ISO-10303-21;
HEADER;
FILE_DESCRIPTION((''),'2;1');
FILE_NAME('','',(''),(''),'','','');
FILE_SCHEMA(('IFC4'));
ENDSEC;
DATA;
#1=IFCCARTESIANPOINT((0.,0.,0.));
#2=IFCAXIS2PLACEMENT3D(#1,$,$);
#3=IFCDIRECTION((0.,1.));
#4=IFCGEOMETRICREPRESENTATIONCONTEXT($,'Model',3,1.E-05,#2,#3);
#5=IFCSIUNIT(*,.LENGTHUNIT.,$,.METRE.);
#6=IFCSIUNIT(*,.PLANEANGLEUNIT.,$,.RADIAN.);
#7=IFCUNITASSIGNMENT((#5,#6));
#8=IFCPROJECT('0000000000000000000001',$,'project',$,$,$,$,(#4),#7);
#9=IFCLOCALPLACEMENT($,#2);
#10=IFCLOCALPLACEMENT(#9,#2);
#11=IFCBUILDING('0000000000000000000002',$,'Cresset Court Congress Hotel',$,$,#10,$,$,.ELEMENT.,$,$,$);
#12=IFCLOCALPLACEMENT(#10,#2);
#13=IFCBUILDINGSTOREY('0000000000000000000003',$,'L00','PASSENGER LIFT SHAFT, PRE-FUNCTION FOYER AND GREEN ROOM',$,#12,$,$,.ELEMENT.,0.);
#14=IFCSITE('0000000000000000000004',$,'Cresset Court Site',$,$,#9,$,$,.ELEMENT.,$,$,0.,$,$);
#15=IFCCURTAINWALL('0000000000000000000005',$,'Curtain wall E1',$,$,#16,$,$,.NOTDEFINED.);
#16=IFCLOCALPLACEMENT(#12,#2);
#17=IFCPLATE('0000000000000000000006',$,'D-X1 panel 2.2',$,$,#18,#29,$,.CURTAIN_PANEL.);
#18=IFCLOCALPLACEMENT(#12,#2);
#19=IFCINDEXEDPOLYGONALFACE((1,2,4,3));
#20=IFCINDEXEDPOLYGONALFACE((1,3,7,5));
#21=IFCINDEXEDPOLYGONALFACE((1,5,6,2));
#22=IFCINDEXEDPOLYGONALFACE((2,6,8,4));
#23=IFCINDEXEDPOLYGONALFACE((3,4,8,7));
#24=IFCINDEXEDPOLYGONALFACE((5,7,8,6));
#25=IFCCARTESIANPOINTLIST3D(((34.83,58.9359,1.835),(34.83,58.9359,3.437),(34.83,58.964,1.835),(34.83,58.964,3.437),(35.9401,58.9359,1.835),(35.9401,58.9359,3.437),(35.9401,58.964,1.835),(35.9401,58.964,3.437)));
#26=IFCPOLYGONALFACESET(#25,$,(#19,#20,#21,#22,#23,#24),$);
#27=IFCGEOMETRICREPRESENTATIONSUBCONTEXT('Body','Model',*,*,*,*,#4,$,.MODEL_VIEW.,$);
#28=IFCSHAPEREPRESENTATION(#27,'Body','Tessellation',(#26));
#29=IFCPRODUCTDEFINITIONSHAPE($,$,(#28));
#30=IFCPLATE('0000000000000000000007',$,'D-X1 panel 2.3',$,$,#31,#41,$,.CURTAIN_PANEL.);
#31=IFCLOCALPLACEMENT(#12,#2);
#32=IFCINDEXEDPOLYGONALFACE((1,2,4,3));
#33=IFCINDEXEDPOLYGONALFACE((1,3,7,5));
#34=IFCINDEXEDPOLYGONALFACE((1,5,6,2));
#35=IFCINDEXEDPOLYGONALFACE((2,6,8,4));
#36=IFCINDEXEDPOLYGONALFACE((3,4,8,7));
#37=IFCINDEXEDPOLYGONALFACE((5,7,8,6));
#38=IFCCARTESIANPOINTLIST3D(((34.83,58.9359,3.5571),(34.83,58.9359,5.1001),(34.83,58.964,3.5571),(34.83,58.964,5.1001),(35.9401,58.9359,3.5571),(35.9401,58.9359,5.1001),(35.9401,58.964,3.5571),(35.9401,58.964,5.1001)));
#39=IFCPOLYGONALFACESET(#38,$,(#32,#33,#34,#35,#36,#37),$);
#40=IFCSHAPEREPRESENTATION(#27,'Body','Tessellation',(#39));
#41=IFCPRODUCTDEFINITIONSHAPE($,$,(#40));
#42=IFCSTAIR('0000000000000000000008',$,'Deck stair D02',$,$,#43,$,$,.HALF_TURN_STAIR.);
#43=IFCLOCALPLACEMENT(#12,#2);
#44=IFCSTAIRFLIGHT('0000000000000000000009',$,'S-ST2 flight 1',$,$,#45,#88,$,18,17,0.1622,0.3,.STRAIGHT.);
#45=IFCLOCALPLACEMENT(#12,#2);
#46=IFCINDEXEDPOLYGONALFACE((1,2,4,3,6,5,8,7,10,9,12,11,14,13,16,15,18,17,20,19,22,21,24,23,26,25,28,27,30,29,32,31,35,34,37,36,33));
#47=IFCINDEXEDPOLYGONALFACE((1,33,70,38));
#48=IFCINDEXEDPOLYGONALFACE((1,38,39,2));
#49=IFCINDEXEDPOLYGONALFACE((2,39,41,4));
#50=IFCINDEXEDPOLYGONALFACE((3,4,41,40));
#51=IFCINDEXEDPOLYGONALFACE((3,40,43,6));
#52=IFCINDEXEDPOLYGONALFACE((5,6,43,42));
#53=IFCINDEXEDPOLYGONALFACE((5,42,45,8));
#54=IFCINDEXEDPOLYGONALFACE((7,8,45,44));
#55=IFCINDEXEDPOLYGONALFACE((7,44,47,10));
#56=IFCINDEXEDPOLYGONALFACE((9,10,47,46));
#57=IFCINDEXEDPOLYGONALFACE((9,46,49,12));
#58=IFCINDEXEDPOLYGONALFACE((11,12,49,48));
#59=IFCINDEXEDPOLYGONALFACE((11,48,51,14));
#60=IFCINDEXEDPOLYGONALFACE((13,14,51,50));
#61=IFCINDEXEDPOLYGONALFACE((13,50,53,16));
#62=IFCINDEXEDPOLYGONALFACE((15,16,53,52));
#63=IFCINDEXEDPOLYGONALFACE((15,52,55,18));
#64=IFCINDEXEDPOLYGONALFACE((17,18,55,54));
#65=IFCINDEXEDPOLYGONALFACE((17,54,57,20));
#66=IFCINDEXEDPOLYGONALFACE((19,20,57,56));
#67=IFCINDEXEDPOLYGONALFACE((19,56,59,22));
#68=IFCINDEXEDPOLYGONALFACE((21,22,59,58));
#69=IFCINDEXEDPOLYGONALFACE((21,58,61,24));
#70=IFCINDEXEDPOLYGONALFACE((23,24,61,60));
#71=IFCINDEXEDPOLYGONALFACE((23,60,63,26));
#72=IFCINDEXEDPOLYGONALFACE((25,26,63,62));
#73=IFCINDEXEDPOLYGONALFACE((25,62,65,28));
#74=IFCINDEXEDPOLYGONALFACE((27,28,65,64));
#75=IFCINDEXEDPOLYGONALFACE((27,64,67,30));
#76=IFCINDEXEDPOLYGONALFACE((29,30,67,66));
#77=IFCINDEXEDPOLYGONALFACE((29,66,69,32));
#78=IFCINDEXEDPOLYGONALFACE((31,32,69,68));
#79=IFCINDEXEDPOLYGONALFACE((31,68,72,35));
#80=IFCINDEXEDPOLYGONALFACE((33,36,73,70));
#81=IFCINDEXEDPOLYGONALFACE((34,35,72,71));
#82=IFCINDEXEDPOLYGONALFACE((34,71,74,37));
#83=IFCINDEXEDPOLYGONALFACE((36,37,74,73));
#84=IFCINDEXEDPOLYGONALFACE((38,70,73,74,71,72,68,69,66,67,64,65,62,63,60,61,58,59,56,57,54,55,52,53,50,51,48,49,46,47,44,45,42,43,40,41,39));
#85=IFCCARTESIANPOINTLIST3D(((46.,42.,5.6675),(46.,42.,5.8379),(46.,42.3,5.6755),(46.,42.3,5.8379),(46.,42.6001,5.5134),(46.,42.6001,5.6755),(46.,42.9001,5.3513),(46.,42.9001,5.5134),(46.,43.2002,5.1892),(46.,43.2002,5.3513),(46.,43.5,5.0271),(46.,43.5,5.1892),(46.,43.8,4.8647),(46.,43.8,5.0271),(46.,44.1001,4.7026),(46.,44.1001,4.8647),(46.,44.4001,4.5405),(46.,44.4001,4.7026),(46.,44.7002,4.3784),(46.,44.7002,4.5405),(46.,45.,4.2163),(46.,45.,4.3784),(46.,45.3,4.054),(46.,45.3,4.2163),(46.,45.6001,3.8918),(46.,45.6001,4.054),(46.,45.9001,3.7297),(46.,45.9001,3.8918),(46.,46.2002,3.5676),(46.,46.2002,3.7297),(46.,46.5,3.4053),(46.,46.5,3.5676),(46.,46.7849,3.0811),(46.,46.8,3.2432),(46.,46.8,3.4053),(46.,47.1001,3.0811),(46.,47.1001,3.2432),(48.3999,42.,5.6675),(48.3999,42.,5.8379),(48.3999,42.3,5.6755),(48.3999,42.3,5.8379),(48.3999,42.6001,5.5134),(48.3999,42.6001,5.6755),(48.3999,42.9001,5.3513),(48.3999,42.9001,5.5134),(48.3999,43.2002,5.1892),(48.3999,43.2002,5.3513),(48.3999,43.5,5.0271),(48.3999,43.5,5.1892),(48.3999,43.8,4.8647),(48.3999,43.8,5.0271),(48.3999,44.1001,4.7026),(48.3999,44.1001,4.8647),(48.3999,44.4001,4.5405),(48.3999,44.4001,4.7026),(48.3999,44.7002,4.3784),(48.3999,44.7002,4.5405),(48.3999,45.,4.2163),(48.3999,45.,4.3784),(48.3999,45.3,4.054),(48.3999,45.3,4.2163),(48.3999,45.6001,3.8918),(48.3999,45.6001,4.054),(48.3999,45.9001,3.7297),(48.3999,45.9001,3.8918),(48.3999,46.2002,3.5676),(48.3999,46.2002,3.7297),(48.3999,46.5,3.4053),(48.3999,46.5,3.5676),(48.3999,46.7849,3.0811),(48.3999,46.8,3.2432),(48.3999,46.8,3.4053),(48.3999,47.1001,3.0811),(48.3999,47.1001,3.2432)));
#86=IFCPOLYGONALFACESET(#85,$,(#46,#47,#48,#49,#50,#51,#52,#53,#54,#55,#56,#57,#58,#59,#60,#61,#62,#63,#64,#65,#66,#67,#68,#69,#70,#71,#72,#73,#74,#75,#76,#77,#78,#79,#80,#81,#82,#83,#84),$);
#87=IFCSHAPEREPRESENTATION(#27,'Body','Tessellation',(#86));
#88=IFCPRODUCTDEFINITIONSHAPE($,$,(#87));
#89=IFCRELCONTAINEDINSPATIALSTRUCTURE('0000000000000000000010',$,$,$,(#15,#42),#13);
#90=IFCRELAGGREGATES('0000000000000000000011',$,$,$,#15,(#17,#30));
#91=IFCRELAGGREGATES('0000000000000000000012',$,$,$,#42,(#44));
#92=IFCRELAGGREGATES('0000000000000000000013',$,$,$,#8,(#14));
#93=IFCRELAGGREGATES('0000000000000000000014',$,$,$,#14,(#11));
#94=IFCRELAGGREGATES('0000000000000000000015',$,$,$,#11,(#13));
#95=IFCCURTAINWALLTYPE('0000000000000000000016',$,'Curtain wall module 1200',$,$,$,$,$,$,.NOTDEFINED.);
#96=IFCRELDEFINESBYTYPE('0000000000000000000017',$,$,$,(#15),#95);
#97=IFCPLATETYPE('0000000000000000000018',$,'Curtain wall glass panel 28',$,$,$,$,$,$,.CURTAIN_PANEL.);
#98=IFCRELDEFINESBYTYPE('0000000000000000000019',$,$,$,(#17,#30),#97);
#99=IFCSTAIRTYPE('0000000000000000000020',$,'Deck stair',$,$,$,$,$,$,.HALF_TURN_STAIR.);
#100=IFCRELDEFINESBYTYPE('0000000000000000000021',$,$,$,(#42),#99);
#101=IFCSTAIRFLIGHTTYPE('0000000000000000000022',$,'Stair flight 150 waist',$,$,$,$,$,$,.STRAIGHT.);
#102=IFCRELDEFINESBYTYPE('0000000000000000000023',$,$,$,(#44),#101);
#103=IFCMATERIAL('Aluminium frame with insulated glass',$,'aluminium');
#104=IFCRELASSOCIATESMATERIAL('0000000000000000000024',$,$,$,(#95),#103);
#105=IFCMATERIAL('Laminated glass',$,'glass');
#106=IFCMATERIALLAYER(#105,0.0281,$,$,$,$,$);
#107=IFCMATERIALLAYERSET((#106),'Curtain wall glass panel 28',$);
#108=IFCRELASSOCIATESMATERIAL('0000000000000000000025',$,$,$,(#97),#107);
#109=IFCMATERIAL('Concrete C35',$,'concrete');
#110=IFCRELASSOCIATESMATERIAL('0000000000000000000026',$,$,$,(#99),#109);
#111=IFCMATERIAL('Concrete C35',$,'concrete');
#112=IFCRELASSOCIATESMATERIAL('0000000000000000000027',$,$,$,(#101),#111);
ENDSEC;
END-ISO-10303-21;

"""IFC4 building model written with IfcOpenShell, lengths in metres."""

from ifc_helpers import new_model, si_unit, direction, frame, origin, origin_2d, place, context, subcontext, project, spatial, polyline, rectangle, outline, extrude, material, layer, layer_set, type_object, element, aggregate, save


model = new_model("IFC4")

# Units and contexts
model_context = context("Model", 3, precision=1e-05, world=origin(), true_north=direction((0.0, 1.0)))
body_context = subcontext(model_context, "Body", "Model", "MODEL_VIEW")
ifc_project = project(units=[si_unit("LENGTHUNIT", "METRE"), si_unit("PLANEANGLEUNIT", "RADIAN")], contexts=[model_context])

# Site, building, storey
site_placement = place(None, origin())
site = spatial("IfcSite", under=ifc_project, at=site_placement, Name="Cresset Court Site", CompositionType="ELEMENT", RefElevation=0.0)
building_placement = place(site_placement, origin())
building = spatial("IfcBuilding", under=site, at=building_placement, Name="Cresset Court Congress Hotel", CompositionType="ELEMENT")
storey_placement = place(building_placement, origin())
storey = spatial("IfcBuildingStorey", under=building, at=storey_placement, Name="L00", Description="PASSENGER LIFT SHAFT, PRE-FUNCTION FOYER AND GREEN ROOM", CompositionType="ELEMENT", Elevation=0.0)

# Curtain wall, plates
ifc_material_1 = material(Name="Aluminium frame with insulated glass", Category="aluminium")
curtain_wall_type = type_object("IfcCurtainWallType", Name="Curtain wall module 1200", PredefinedType="NOTDEFINED", material=ifc_material_1)
curtain_wall_placement = place(storey_placement, origin())
curtain_wall = element("IfcCurtainWall", 1, at=curtain_wall_placement, inside=storey, type_object=curtain_wall_type, Name="Curtain wall E1", PredefinedType="NOTDEFINED")
ifc_material_2 = material(Name="Laminated glass", Category="glass")
ifc_layer_1 = layer(ifc_material_2, 0.0281)
ifc_layer_set_1 = layer_set([ifc_layer_1], Name="Curtain wall glass panel 28")
plate_type = type_object("IfcPlateType", Name="Curtain wall glass panel 28", PredefinedType="CURTAIN_PANEL", material=ifc_layer_set_1)
plate_1_placement = place(storey_placement, frame((35.385, 58.95, 1.835), z_axis=(0.0, 0.0, 1.0), x_axis=(1.0, 0.0, 0.0)))
plate_1 = element("IfcPlate", 2, at=plate_1_placement, type_object=plate_type, Name="D-X1 panel 2.2", PredefinedType="CURTAIN_PANEL", context=body_context, shape_type="SweptSolid", body=[
    extrude(rectangle(XDim=1.1101, YDim=0.0281, at=origin_2d()), origin(), (0.0, 0.0, 1.0), 1.6021),
])
plate_2_placement = place(storey_placement, frame((35.385, 58.95, 3.5571), z_axis=(0.0, 0.0, 1.0), x_axis=(1.0, 0.0, 0.0)))
plate_2 = element("IfcPlate", 3, at=plate_2_placement, type_object=plate_type, Name="D-X1 panel 2.3", PredefinedType="CURTAIN_PANEL", context=body_context, shape_type="SweptSolid", body=[
    extrude(rectangle(XDim=1.1101, YDim=0.0281, at=origin_2d()), origin(), (0.0, 0.0, 1.0), 1.543),
])
aggregate(curtain_wall, [plate_1, plate_2])

# Stair, stair flight
ifc_material_3 = material(Name="Concrete C35", Category="concrete")
stair_type = type_object("IfcStairType", Name="Deck stair", PredefinedType="HALF_TURN_STAIR", material=ifc_material_3)
stair_placement = place(storey_placement, origin())
stair = element("IfcStair", 4, at=stair_placement, inside=storey, type_object=stair_type, Name="Deck stair D02", PredefinedType="HALF_TURN_STAIR")
ifc_material_4 = material(Name="Concrete C35", Category="concrete")
stair_flight_type = type_object("IfcStairFlightType", Name="Stair flight 150 waist", PredefinedType="STRAIGHT", material=ifc_material_4)
stair_flight_placement = place(storey_placement, frame((47.2, 47.1001, 3.0811), z_axis=(0.0, 0.0, 1.0), x_axis=(0.0, -1.0, 0.0)))
stair_flight = element("IfcStairFlight", 5, at=stair_flight_placement, type_object=stair_flight_type, Name="S-ST2 flight 1", NumberOfRisers=18, NumberOfTreads=17, PredefinedType="STRAIGHT", RiserHeight=0.1622, TreadLength=0.3, context=body_context, shape_type="SweptSolid", body=[
    extrude(outline(polyline([(0.0, 0.0), (0.0, 0.1621), (0.3, 0.1621), (0.3, 0.3242), (0.6001, 0.3242), (0.6001, 0.4866), (0.8999, 0.4866), (0.8999, 0.6487), (1.2, 0.6487), (1.2, 0.8108), (1.5, 0.8108), (1.5, 0.9729), (1.8, 0.9729), (1.8, 1.1353), (2.1001, 1.1353), (2.1001, 1.2974), (2.3999, 1.2974), (2.3999, 1.4595), (2.7, 1.4595), (2.7, 1.6216), (3.0, 1.6216), (3.0, 1.7837), (3.3, 1.7837), (3.3, 1.946), (3.6001, 1.946), (3.6001, 2.1082), (3.8999, 2.1082), (3.8999, 2.2703), (4.2, 2.2703), (4.2, 2.4324), (4.5, 2.4324), (4.5, 2.5945), (4.8, 2.5945), (4.8, 2.7568), (5.1001, 2.7568), (5.1001, 2.9189), (5.1001, 2.5864), (0.3152, 0.0), (0.0, 0.0)])), frame((0.0, 1.2, 0.0), z_axis=(0.0, -1.0, 0.0), x_axis=(1.0, 0.0, 0.0)), (0.0, 0.0, 1.0), 2.3999),
])
aggregate(stair, [stair_flight])

save(model, "model.ifc")
